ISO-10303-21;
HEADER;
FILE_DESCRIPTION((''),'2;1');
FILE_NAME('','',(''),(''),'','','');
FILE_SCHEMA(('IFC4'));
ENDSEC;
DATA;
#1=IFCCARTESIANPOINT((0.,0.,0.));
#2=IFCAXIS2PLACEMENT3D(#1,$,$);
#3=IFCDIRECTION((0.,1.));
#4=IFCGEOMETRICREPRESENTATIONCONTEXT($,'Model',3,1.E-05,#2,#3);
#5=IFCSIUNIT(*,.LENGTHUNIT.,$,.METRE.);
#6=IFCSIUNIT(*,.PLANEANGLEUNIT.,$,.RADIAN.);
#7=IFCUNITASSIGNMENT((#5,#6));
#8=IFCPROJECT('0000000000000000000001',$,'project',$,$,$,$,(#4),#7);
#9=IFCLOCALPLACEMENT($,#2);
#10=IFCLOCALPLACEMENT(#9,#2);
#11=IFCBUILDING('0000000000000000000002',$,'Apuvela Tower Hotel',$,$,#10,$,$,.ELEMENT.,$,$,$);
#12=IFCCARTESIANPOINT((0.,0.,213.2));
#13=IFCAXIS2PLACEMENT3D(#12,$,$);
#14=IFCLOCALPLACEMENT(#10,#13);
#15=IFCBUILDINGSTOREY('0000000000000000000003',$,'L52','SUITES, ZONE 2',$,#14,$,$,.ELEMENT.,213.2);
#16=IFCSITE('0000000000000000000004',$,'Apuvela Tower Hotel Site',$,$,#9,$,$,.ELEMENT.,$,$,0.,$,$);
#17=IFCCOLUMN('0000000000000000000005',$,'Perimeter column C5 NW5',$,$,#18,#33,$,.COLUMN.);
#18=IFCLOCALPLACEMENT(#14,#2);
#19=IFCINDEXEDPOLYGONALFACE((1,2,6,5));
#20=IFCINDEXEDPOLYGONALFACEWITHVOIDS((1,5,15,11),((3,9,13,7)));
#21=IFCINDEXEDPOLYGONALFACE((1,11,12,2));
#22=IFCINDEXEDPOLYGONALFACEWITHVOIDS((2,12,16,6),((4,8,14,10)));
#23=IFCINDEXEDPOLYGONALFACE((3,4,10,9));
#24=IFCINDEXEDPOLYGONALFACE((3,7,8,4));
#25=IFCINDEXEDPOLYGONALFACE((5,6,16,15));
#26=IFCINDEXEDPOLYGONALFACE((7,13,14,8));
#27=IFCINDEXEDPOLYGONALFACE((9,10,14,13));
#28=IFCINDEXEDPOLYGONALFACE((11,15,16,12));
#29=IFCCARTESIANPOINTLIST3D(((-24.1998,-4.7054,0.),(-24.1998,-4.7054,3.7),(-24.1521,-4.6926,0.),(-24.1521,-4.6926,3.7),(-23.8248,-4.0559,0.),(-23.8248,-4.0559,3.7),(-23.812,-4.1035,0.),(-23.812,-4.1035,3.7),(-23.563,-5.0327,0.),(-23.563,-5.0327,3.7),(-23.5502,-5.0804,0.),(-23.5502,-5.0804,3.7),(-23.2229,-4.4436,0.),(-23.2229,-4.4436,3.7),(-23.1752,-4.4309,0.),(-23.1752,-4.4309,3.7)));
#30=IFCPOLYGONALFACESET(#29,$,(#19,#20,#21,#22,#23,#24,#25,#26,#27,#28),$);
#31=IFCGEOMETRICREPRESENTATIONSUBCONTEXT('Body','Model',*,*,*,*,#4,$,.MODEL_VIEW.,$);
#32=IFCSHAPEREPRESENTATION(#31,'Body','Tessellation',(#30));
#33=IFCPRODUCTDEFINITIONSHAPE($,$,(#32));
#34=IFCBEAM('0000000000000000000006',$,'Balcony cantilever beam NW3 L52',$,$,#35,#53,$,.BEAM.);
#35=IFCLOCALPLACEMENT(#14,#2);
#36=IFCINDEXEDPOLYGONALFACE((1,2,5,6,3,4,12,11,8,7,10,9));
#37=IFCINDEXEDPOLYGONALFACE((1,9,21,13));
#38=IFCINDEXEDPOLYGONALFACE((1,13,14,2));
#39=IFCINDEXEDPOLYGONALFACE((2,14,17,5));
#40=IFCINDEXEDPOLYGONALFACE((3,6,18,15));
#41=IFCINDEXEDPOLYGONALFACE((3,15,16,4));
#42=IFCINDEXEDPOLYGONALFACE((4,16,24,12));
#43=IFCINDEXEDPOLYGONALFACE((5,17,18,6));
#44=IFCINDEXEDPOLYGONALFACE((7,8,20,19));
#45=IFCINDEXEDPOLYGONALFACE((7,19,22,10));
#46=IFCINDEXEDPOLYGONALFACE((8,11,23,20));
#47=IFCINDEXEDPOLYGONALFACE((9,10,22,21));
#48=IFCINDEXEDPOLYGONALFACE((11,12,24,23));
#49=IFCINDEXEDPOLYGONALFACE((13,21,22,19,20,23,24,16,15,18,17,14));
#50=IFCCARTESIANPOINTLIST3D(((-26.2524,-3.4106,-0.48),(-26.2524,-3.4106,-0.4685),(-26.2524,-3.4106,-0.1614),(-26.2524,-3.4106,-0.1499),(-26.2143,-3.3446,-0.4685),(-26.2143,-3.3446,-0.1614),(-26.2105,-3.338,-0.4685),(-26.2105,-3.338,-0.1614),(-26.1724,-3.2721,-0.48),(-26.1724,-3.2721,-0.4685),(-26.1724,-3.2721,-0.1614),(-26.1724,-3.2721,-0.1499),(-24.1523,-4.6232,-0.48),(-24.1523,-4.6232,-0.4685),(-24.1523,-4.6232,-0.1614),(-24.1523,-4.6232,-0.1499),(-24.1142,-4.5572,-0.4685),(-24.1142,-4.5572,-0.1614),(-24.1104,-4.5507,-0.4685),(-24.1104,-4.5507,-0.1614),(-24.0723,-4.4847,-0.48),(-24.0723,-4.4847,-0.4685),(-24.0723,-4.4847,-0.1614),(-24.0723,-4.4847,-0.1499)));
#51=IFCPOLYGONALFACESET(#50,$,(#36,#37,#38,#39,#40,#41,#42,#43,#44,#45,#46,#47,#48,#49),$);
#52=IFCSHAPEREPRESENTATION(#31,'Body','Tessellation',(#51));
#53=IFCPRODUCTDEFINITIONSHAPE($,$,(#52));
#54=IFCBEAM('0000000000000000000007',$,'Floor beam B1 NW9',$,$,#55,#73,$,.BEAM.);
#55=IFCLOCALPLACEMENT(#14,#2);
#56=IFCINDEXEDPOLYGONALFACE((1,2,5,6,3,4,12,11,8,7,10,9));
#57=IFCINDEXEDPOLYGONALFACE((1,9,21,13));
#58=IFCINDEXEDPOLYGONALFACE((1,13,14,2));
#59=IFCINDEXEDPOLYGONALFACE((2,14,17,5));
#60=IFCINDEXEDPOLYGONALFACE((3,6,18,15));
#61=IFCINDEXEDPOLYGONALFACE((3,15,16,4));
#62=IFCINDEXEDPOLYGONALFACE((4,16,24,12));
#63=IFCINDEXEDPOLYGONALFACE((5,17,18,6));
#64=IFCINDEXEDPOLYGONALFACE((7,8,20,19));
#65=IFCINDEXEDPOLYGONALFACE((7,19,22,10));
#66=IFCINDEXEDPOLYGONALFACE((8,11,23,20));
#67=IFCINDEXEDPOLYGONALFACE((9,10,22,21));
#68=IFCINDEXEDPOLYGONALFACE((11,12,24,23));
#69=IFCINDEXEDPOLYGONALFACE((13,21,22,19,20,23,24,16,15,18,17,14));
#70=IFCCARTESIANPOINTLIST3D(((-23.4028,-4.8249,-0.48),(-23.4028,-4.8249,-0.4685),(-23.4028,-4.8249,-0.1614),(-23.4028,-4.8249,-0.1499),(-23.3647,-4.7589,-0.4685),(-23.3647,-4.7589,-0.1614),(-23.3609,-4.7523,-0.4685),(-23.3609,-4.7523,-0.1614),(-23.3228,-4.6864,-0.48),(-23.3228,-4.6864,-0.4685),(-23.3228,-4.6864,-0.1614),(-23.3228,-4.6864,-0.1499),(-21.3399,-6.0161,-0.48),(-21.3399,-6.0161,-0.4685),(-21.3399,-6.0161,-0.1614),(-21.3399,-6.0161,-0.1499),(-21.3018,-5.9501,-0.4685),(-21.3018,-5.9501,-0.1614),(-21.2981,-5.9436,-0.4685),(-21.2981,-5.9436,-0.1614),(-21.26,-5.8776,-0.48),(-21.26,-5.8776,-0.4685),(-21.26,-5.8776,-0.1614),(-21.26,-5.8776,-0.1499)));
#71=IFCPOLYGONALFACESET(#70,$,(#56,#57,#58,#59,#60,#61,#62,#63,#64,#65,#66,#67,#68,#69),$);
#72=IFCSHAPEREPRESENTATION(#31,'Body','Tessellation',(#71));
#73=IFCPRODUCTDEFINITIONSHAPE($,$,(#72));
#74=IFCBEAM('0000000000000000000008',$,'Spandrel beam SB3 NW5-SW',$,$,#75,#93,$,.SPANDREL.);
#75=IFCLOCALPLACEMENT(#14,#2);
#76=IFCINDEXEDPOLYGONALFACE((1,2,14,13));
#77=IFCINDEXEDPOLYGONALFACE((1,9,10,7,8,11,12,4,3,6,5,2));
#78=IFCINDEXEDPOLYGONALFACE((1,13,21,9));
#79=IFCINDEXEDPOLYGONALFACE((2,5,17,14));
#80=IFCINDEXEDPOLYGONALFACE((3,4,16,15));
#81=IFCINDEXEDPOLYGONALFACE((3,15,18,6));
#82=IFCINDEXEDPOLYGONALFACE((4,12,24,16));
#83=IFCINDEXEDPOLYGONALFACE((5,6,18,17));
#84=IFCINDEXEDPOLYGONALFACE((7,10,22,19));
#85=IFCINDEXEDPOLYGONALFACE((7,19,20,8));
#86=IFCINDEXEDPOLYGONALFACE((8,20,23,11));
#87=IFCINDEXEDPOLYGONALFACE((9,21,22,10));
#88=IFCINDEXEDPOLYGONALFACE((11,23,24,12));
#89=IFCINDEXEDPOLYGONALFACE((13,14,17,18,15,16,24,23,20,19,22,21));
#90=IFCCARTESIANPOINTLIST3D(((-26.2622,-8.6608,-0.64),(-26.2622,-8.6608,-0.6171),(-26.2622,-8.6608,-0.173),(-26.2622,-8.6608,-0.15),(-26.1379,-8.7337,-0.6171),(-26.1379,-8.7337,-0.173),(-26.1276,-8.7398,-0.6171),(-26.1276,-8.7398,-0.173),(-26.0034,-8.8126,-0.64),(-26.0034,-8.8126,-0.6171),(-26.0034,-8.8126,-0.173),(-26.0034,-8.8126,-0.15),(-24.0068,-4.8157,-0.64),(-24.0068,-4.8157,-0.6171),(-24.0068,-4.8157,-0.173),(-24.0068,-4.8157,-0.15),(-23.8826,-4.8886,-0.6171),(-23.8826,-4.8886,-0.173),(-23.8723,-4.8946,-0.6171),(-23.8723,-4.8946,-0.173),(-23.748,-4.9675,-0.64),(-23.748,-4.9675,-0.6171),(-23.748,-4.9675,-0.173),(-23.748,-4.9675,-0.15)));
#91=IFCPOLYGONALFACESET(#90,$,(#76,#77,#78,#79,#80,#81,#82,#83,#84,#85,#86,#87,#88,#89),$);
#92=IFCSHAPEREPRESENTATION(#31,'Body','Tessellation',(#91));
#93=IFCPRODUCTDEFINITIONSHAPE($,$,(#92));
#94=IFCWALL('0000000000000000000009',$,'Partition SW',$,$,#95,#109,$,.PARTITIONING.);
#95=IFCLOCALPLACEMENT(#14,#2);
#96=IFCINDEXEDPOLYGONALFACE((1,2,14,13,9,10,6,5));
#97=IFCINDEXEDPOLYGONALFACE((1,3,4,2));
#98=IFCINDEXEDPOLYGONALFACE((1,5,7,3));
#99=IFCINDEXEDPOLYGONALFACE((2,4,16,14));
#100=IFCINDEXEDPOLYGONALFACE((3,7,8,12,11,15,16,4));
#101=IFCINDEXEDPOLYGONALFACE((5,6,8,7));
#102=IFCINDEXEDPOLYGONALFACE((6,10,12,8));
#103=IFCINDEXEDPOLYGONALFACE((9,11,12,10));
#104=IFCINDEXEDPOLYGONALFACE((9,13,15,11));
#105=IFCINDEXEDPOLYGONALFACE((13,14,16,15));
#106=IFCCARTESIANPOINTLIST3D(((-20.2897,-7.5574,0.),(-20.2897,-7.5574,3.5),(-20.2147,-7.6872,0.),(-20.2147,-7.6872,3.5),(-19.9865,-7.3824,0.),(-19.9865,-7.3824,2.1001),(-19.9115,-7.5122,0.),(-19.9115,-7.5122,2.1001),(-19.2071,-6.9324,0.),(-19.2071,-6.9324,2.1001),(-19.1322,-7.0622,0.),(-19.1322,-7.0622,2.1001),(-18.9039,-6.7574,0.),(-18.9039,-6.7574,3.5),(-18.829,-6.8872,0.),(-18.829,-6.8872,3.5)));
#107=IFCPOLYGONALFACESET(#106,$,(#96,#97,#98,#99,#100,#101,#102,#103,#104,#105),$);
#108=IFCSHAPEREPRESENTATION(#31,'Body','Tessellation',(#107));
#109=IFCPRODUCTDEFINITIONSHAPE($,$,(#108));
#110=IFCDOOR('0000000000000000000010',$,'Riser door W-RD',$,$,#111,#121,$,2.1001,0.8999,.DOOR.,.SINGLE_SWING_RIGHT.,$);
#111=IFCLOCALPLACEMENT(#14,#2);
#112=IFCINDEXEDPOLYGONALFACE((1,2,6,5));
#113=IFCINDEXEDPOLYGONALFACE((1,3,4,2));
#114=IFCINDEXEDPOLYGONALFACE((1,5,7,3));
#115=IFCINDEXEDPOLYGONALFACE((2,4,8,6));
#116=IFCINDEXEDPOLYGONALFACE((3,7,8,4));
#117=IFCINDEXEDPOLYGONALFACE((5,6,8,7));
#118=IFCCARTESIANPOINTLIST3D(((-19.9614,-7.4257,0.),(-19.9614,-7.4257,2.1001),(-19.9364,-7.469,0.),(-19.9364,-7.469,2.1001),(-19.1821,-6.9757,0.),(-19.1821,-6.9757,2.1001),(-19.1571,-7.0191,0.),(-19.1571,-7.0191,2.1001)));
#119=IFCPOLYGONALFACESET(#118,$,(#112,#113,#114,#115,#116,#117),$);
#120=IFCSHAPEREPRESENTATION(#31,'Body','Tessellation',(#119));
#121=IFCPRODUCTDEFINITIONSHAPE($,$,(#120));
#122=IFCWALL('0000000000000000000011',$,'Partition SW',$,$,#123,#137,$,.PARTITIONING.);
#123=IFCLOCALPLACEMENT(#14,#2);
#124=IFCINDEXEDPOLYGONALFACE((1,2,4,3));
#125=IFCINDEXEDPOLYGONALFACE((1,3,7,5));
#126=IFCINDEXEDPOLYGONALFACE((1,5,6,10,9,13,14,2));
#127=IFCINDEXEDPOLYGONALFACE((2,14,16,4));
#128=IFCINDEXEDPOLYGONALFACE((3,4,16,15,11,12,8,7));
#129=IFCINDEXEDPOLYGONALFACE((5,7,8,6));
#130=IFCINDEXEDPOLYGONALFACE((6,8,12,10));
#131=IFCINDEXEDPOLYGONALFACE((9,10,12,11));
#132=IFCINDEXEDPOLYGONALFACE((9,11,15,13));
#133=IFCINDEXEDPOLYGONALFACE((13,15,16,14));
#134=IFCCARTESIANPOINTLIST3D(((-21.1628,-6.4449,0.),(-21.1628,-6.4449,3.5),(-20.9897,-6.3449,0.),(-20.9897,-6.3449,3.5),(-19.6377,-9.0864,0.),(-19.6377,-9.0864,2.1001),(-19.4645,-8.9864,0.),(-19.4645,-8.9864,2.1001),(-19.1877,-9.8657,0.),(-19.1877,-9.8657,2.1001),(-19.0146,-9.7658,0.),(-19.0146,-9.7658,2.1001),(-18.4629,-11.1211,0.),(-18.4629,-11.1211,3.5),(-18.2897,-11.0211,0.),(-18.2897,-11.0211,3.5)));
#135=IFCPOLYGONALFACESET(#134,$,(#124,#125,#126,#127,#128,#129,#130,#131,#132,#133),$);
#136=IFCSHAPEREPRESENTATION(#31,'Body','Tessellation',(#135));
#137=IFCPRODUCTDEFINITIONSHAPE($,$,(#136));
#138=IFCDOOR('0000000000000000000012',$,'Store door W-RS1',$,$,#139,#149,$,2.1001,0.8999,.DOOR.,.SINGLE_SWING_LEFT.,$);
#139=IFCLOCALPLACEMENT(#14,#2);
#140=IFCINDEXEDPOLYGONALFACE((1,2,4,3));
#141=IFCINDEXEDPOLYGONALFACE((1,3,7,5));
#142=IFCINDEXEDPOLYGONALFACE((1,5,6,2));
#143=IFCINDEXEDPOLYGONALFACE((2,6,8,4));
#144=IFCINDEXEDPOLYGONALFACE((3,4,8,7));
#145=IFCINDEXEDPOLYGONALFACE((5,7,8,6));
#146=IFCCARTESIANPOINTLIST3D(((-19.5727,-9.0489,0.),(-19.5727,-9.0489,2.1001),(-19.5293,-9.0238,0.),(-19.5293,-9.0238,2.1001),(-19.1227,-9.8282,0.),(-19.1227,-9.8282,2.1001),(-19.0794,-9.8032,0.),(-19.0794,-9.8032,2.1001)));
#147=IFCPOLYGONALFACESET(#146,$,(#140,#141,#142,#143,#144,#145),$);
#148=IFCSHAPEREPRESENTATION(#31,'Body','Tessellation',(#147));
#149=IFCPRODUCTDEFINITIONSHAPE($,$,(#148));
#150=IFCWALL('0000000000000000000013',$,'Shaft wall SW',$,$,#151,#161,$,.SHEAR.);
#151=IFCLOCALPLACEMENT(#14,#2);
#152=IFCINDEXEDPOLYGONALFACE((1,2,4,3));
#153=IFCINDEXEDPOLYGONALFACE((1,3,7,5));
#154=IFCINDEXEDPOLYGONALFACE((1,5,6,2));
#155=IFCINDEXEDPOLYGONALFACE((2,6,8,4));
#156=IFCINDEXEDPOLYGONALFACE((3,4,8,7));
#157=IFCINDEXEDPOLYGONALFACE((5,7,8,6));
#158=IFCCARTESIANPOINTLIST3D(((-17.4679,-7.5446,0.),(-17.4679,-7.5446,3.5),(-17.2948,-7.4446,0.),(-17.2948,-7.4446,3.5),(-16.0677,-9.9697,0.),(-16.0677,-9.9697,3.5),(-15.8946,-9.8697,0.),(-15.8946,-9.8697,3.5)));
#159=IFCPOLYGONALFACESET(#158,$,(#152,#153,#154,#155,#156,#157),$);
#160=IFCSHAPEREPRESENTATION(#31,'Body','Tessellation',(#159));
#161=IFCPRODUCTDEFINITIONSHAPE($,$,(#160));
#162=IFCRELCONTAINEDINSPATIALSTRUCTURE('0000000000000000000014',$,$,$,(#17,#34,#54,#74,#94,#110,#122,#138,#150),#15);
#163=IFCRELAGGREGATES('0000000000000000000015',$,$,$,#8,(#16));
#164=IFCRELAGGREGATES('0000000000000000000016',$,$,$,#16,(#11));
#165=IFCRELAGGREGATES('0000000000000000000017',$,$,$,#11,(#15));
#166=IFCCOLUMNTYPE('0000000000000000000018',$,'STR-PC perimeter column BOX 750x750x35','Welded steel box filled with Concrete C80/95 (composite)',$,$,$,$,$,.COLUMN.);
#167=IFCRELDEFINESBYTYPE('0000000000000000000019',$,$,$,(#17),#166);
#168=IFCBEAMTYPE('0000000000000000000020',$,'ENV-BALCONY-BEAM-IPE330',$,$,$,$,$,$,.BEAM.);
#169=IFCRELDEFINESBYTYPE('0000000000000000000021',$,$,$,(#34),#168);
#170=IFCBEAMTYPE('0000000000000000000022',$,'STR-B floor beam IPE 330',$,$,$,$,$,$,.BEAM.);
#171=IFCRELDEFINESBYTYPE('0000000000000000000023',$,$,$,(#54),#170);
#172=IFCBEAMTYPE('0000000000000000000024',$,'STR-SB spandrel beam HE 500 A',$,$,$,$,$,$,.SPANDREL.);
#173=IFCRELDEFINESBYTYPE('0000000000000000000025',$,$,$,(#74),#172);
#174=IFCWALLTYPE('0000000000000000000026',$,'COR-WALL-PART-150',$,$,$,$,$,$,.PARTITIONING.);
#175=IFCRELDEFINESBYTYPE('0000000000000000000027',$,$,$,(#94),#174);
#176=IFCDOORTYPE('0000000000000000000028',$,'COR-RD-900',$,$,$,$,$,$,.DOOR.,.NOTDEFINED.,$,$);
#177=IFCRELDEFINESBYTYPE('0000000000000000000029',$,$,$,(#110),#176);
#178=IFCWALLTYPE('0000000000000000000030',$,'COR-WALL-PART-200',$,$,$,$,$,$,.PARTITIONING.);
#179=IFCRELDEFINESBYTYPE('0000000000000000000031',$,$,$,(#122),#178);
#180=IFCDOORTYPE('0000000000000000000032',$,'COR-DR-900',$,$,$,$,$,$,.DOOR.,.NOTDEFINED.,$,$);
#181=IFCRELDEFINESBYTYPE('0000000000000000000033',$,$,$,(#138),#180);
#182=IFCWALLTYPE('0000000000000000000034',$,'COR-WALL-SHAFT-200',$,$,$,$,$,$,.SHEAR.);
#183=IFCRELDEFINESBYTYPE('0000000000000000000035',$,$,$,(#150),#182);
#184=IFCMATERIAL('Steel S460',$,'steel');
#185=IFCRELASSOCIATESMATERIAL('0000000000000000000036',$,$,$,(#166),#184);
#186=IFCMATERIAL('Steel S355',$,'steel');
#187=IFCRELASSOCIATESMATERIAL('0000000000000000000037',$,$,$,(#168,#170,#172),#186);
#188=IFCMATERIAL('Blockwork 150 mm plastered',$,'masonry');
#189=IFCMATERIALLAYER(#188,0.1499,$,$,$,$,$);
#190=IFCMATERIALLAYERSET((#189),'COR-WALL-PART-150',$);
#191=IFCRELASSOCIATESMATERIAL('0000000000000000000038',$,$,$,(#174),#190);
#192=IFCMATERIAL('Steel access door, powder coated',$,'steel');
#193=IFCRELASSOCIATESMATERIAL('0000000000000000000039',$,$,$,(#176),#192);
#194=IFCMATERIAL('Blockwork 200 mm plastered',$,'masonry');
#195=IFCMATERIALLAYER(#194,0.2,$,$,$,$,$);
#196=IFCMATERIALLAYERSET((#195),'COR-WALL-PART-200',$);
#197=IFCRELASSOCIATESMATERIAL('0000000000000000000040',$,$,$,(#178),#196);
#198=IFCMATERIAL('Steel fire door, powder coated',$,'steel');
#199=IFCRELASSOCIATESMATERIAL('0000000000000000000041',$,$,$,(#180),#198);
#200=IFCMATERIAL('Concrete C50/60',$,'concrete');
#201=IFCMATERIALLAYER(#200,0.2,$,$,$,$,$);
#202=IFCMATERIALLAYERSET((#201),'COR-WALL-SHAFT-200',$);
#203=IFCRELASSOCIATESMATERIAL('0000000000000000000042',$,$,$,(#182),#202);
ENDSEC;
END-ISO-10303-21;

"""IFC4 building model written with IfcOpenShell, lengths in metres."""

from ifc_helpers import new_model, si_unit, direction, frame, frame_2d, origin, origin_2d, place, context, subcontext, project, spatial, rectangle, hollow_rectangle, i_section, extrude, material, layer, layer_set, material_profile, profile_set, type_object, element, fill, save


model = new_model("IFC4")

# Units and contexts
model_context = context("Model", 3, precision=1e-05, world=origin(), true_north=direction((0.0, 1.0)))
body_context = subcontext(model_context, "Body", "Model", "MODEL_VIEW")
ifc_project = project(units=[si_unit("LENGTHUNIT", "METRE"), si_unit("PLANEANGLEUNIT", "RADIAN")], contexts=[model_context])

# Site, building, storey
site_placement = place(None, origin())
site = spatial("IfcSite", under=ifc_project, at=site_placement, Name="Apuvela Tower Hotel Site", CompositionType="ELEMENT", RefElevation=0.0)
building_placement = place(site_placement, origin())
building = spatial("IfcBuilding", under=site, at=building_placement, Name="Apuvela Tower Hotel", CompositionType="ELEMENT")
storey_placement = place(building_placement, frame((0.0, 0.0, 213.2)))
storey = spatial("IfcBuildingStorey", under=building, at=storey_placement, Name="L52", Description="SUITES, ZONE 2", CompositionType="ELEMENT", Elevation=213.2)

# Column
ifc_material_1 = material(Name="Steel S460", Category="steel")
ifc_material_profile_1 = material_profile(ifc_material_1, hollow_rectangle(XDim=0.75, YDim=0.75, WallThickness=0.0349, at=origin_2d()), Name="BOX 750x750x35")
ifc_material_2 = material(Name="Concrete C80/95", Category="concrete")
ifc_material_profile_2 = material_profile(ifc_material_2, rectangle(XDim=0.6799, YDim=0.6799, at=origin_2d()), Name="Concrete C80/95 infill")
ifc_profile_set_1 = profile_set([ifc_material_profile_1, ifc_material_profile_2], Name="Steel S460")
column_type = type_object("IfcColumnType", Name="STR-PC perimeter column BOX 750x750x35", Description="Welded steel box filled with Concrete C80/95 (composite)", PredefinedType="COLUMN", material=ifc_profile_set_1)
column_placement = place(storey_placement, frame((-23.6875, -4.5681, 0.0), z_axis=(0.0, 0.0, 1.0), x_axis=(0.5, 0.866025, 0.0)))
element("IfcColumn", 1, at=column_placement, inside=storey, type_object=column_type, Name="Perimeter column C5 NW5", PredefinedType="COLUMN", context=body_context, shape_type="SweptSolid", body=[
    extrude(hollow_rectangle(XDim=0.75, YDim=0.75, WallThickness=0.0349, at=origin_2d()), origin(), (0.0, 0.0, 1.0), 3.7),
])

# Beams
ifc_material_3 = material(Name="Steel S355", Category="steel")
ifc_material_profile_3 = material_profile(ifc_material_3, i_section(OverallWidth=0.1599, OverallDepth=0.3301, WebThickness=0.0076, FlangeThickness=0.0115, at=origin_2d()), Name="IPE 330")
ifc_profile_set_2 = profile_set([ifc_material_profile_3], Name="Steel S355")
beam_type_1 = type_object("IfcBeamType", Name="ENV-BALCONY-BEAM-IPE330", PredefinedType="BEAM", material=ifc_profile_set_2)
beam_1_placement = place(storey_placement, frame((-24.1123, -4.554, -0.3149), z_axis=(-0.865998, 0.500048, 0.0), x_axis=(-0.500048, -0.865998, 0.0)))
element("IfcBeam", 2, at=beam_1_placement, inside=storey, type_object=beam_type_1, Name="Balcony cantilever beam NW3 L52", PredefinedType="BEAM", context=body_context, shape_type="SweptSolid", body=[
    extrude(i_section(OverallWidth=0.1599, OverallDepth=0.3301, WebThickness=0.0076, FlangeThickness=0.0115, at=origin_2d()), origin(), (0.0, 0.0, 1.0), 2.425),
])
ifc_material_profile_4 = material_profile(ifc_material_3, i_section(OverallWidth=0.1599, OverallDepth=0.3301, WebThickness=0.0076, FlangeThickness=0.0115, at=origin_2d()), Name="IPE 330")
ifc_profile_set_3 = profile_set([ifc_material_profile_4], Name="Steel S355")
beam_type_2 = type_object("IfcBeamType", Name="STR-B floor beam IPE 330", PredefinedType="BEAM", material=ifc_profile_set_3)
beam_2_placement = place(storey_placement, frame((-23.3628, -4.7556, -0.3149), z_axis=(0.865982, -0.500074, 0.0), x_axis=(0.500074, 0.865982, 0.0)))
element("IfcBeam", 3, at=beam_2_placement, inside=storey, type_object=beam_type_2, Name="Floor beam B1 NW9", PredefinedType="BEAM", context=body_context, shape_type="SweptSolid", body=[
    extrude(i_section(OverallWidth=0.1599, OverallDepth=0.3301, WebThickness=0.0076, FlangeThickness=0.0115, at=origin_2d()), origin(), (0.0, 0.0, 1.0), 2.3821),
])
ifc_material_profile_5 = material_profile(ifc_material_3, i_section(OverallWidth=0.3, OverallDepth=0.49, WebThickness=0.012, FlangeThickness=0.0229, at=origin_2d()), Name="HE 500 A")
ifc_profile_set_4 = profile_set([ifc_material_profile_5], Name="Steel S355")
beam_type_3 = type_object("IfcBeamType", Name="STR-SB spandrel beam HE 500 A", PredefinedType="SPANDREL", material=ifc_profile_set_4)
beam_3_placement = place(storey_placement, frame((-23.8774, -4.8916, -0.395), z_axis=(-0.505933, -0.862573, 0.0), x_axis=(0.862573, -0.505933, 0.0)))
element("IfcBeam", 4, at=beam_3_placement, inside=storey, type_object=beam_type_3, Name="Spandrel beam SB3 NW5-SW", PredefinedType="SPANDREL", context=body_context, shape_type="SweptSolid", body=[
    extrude(i_section(OverallWidth=0.3, OverallDepth=0.49, WebThickness=0.012, FlangeThickness=0.0229, at=origin_2d()), origin(), (0.0, 0.0, 1.0), 4.4578),
])

# Walls, openings, doors
ifc_material_4 = material(Name="Blockwork 150 mm plastered", Category="masonry")
ifc_layer_1 = layer(ifc_material_4, 0.1499)
ifc_layer_set_1 = layer_set([ifc_layer_1], Name="COR-WALL-PART-150")
wall_type_1 = type_object("IfcWallType", Name="COR-WALL-PART-150", PredefinedType="PARTITIONING", material=ifc_layer_set_1)
wall_1_placement = place(storey_placement, frame((-18.8665, -6.8223, 0.0), z_axis=(0.0, 0.0, 1.0), x_axis=(-0.866028, -0.499995, 0.0)))
wall_1 = element("IfcWall", 5, at=wall_1_placement, inside=storey, type_object=wall_type_1, Name="Partition SW", PredefinedType="PARTITIONING", context=body_context, shape_type="SweptSolid", body=[
    extrude(rectangle(XDim=1.6001, YDim=0.1499, at=frame_2d((0.8, 0.0))), origin(), (0.0, 0.0, 1.0), 3.5),
])
opening_1_placement = place(wall_1_placement, frame((0.3501, 0.0, 0.0)))
opening_1 = element("IfcOpeningElement", 6, at=opening_1_placement, cuts=wall_1, PredefinedType="OPENING", context=body_context, shape_type="SweptSolid", body=[
    extrude(rectangle(XDim=0.8999, YDim=2.1001, at=frame_2d((0.45, 1.05))), frame((0.0, 0.085, 0.0), z_axis=(0.0, -1.0, 0.0), x_axis=(1.0, 0.0, 0.0)), (0.0, 0.0, 1.0), 0.1699),
])
ifc_material_5 = material(Name="Steel access door, powder coated", Category="steel")
door_type_1 = type_object("IfcDoorType", Name="COR-RD-900", OperationType="NOTDEFINED", PredefinedType="DOOR", material=ifc_material_5)
door_1_placement = place(opening_1_placement, frame((0.8999, 0.0, 0.0), z_axis=(0.0, 0.0, 1.0), x_axis=(-1.0, 0.0, 0.0)))
door_1 = element("IfcDoor", 7, at=door_1_placement, inside=storey, type_object=door_type_1, Name="Riser door W-RD", OperationType="SINGLE_SWING_RIGHT", OverallHeight=2.1001, OverallWidth=0.8999, PredefinedType="DOOR", context=body_context, shape_type="SweptSolid", body=[
    extrude(rectangle(XDim=0.8999, YDim=2.1001, at=frame_2d((0.45, 1.05))), frame((0.0, 0.0249, 0.0), z_axis=(0.0, -1.0, 0.0), x_axis=(1.0, 0.0, 0.0)), (0.0, 0.0, 1.0), 0.05),
])
fill(opening_1, door_1)
ifc_material_6 = material(Name="Blockwork 200 mm plastered", Category="masonry")
ifc_layer_2 = layer(ifc_material_6, 0.2)
ifc_layer_set_2 = layer_set([ifc_layer_2], Name="COR-WALL-PART-200")
wall_type_2 = type_object("IfcWallType", Name="COR-WALL-PART-200", PredefinedType="PARTITIONING", material=ifc_layer_set_2)
wall_2_placement = place(storey_placement, frame((-21.0762, -6.395, 0.0), z_axis=(0.0, 0.0, 1.0), x_axis=(0.500015, -0.866017, 0.0)))
wall_2 = element("IfcWall", 8, at=wall_2_placement, inside=storey, type_object=wall_type_2, Name="Partition SW", PredefinedType="PARTITIONING", context=body_context, shape_type="SweptSolid", body=[
    extrude(rectangle(XDim=5.3997, YDim=0.2, at=frame_2d((2.6997, 0.0))), origin(), (0.0, 0.0, 1.0), 3.5),
])
opening_2_placement = place(wall_2_placement, frame((3.05, 0.0, 0.0)))
opening_2 = element("IfcOpeningElement", 9, at=opening_2_placement, cuts=wall_2, PredefinedType="OPENING", context=body_context, shape_type="SweptSolid", body=[
    extrude(rectangle(XDim=0.8999, YDim=2.1001, at=frame_2d((0.45, 1.05))), frame((0.0, 0.1099, 0.0), z_axis=(0.0, -1.0, 0.0), x_axis=(1.0, 0.0, 0.0)), (0.0, 0.0, 1.0), 0.22),
])
ifc_material_7 = material(Name="Steel fire door, powder coated", Category="steel")
door_type_2 = type_object("IfcDoorType", Name="COR-DR-900", OperationType="NOTDEFINED", PredefinedType="DOOR", material=ifc_material_7)
door_2_placement = place(opening_2_placement, frame((0.8999, 0.0, 0.0), z_axis=(0.0, 0.0, 1.0), x_axis=(-1.0, 0.0, 0.0)))
door_2 = element("IfcDoor", 10, at=door_2_placement, inside=storey, type_object=door_type_2, Name="Store door W-RS1", OperationType="SINGLE_SWING_LEFT", OverallHeight=2.1001, OverallWidth=0.8999, PredefinedType="DOOR", context=body_context, shape_type="SweptSolid", body=[
    extrude(rectangle(XDim=0.8999, YDim=2.1001, at=frame_2d((0.45, 1.05))), frame((0.0, 0.0249, 0.0), z_axis=(0.0, -1.0, 0.0), x_axis=(1.0, 0.0, 0.0)), (0.0, 0.0, 1.0), 0.05),
])
fill(opening_2, door_2)

# Wall
ifc_material_8 = material(Name="Concrete C50/60", Category="concrete")
ifc_layer_3 = layer(ifc_material_8, 0.2)
ifc_layer_set_3 = layer_set([ifc_layer_3], Name="COR-WALL-SHAFT-200")
wall_type_3 = type_object("IfcWallType", Name="COR-WALL-SHAFT-200", PredefinedType="SHEAR", material=ifc_layer_set_3)
wall_3_placement = place(storey_placement, frame((-17.3813, -7.4946, 0.0), z_axis=(0.0, 0.0, 1.0), x_axis=(0.500012, -0.866019, 0.0)))
element("IfcWall", 11, at=wall_3_placement, inside=storey, type_object=wall_type_3, Name="Shaft wall SW", PredefinedType="SHEAR", context=body_context, shape_type="SweptSolid", body=[
    extrude(rectangle(XDim=2.8003, YDim=0.2, at=frame_2d((1.4001, 0.0))), origin(), (0.0, 0.0, 1.0), 3.5),
])

save(model, "model.ifc")
